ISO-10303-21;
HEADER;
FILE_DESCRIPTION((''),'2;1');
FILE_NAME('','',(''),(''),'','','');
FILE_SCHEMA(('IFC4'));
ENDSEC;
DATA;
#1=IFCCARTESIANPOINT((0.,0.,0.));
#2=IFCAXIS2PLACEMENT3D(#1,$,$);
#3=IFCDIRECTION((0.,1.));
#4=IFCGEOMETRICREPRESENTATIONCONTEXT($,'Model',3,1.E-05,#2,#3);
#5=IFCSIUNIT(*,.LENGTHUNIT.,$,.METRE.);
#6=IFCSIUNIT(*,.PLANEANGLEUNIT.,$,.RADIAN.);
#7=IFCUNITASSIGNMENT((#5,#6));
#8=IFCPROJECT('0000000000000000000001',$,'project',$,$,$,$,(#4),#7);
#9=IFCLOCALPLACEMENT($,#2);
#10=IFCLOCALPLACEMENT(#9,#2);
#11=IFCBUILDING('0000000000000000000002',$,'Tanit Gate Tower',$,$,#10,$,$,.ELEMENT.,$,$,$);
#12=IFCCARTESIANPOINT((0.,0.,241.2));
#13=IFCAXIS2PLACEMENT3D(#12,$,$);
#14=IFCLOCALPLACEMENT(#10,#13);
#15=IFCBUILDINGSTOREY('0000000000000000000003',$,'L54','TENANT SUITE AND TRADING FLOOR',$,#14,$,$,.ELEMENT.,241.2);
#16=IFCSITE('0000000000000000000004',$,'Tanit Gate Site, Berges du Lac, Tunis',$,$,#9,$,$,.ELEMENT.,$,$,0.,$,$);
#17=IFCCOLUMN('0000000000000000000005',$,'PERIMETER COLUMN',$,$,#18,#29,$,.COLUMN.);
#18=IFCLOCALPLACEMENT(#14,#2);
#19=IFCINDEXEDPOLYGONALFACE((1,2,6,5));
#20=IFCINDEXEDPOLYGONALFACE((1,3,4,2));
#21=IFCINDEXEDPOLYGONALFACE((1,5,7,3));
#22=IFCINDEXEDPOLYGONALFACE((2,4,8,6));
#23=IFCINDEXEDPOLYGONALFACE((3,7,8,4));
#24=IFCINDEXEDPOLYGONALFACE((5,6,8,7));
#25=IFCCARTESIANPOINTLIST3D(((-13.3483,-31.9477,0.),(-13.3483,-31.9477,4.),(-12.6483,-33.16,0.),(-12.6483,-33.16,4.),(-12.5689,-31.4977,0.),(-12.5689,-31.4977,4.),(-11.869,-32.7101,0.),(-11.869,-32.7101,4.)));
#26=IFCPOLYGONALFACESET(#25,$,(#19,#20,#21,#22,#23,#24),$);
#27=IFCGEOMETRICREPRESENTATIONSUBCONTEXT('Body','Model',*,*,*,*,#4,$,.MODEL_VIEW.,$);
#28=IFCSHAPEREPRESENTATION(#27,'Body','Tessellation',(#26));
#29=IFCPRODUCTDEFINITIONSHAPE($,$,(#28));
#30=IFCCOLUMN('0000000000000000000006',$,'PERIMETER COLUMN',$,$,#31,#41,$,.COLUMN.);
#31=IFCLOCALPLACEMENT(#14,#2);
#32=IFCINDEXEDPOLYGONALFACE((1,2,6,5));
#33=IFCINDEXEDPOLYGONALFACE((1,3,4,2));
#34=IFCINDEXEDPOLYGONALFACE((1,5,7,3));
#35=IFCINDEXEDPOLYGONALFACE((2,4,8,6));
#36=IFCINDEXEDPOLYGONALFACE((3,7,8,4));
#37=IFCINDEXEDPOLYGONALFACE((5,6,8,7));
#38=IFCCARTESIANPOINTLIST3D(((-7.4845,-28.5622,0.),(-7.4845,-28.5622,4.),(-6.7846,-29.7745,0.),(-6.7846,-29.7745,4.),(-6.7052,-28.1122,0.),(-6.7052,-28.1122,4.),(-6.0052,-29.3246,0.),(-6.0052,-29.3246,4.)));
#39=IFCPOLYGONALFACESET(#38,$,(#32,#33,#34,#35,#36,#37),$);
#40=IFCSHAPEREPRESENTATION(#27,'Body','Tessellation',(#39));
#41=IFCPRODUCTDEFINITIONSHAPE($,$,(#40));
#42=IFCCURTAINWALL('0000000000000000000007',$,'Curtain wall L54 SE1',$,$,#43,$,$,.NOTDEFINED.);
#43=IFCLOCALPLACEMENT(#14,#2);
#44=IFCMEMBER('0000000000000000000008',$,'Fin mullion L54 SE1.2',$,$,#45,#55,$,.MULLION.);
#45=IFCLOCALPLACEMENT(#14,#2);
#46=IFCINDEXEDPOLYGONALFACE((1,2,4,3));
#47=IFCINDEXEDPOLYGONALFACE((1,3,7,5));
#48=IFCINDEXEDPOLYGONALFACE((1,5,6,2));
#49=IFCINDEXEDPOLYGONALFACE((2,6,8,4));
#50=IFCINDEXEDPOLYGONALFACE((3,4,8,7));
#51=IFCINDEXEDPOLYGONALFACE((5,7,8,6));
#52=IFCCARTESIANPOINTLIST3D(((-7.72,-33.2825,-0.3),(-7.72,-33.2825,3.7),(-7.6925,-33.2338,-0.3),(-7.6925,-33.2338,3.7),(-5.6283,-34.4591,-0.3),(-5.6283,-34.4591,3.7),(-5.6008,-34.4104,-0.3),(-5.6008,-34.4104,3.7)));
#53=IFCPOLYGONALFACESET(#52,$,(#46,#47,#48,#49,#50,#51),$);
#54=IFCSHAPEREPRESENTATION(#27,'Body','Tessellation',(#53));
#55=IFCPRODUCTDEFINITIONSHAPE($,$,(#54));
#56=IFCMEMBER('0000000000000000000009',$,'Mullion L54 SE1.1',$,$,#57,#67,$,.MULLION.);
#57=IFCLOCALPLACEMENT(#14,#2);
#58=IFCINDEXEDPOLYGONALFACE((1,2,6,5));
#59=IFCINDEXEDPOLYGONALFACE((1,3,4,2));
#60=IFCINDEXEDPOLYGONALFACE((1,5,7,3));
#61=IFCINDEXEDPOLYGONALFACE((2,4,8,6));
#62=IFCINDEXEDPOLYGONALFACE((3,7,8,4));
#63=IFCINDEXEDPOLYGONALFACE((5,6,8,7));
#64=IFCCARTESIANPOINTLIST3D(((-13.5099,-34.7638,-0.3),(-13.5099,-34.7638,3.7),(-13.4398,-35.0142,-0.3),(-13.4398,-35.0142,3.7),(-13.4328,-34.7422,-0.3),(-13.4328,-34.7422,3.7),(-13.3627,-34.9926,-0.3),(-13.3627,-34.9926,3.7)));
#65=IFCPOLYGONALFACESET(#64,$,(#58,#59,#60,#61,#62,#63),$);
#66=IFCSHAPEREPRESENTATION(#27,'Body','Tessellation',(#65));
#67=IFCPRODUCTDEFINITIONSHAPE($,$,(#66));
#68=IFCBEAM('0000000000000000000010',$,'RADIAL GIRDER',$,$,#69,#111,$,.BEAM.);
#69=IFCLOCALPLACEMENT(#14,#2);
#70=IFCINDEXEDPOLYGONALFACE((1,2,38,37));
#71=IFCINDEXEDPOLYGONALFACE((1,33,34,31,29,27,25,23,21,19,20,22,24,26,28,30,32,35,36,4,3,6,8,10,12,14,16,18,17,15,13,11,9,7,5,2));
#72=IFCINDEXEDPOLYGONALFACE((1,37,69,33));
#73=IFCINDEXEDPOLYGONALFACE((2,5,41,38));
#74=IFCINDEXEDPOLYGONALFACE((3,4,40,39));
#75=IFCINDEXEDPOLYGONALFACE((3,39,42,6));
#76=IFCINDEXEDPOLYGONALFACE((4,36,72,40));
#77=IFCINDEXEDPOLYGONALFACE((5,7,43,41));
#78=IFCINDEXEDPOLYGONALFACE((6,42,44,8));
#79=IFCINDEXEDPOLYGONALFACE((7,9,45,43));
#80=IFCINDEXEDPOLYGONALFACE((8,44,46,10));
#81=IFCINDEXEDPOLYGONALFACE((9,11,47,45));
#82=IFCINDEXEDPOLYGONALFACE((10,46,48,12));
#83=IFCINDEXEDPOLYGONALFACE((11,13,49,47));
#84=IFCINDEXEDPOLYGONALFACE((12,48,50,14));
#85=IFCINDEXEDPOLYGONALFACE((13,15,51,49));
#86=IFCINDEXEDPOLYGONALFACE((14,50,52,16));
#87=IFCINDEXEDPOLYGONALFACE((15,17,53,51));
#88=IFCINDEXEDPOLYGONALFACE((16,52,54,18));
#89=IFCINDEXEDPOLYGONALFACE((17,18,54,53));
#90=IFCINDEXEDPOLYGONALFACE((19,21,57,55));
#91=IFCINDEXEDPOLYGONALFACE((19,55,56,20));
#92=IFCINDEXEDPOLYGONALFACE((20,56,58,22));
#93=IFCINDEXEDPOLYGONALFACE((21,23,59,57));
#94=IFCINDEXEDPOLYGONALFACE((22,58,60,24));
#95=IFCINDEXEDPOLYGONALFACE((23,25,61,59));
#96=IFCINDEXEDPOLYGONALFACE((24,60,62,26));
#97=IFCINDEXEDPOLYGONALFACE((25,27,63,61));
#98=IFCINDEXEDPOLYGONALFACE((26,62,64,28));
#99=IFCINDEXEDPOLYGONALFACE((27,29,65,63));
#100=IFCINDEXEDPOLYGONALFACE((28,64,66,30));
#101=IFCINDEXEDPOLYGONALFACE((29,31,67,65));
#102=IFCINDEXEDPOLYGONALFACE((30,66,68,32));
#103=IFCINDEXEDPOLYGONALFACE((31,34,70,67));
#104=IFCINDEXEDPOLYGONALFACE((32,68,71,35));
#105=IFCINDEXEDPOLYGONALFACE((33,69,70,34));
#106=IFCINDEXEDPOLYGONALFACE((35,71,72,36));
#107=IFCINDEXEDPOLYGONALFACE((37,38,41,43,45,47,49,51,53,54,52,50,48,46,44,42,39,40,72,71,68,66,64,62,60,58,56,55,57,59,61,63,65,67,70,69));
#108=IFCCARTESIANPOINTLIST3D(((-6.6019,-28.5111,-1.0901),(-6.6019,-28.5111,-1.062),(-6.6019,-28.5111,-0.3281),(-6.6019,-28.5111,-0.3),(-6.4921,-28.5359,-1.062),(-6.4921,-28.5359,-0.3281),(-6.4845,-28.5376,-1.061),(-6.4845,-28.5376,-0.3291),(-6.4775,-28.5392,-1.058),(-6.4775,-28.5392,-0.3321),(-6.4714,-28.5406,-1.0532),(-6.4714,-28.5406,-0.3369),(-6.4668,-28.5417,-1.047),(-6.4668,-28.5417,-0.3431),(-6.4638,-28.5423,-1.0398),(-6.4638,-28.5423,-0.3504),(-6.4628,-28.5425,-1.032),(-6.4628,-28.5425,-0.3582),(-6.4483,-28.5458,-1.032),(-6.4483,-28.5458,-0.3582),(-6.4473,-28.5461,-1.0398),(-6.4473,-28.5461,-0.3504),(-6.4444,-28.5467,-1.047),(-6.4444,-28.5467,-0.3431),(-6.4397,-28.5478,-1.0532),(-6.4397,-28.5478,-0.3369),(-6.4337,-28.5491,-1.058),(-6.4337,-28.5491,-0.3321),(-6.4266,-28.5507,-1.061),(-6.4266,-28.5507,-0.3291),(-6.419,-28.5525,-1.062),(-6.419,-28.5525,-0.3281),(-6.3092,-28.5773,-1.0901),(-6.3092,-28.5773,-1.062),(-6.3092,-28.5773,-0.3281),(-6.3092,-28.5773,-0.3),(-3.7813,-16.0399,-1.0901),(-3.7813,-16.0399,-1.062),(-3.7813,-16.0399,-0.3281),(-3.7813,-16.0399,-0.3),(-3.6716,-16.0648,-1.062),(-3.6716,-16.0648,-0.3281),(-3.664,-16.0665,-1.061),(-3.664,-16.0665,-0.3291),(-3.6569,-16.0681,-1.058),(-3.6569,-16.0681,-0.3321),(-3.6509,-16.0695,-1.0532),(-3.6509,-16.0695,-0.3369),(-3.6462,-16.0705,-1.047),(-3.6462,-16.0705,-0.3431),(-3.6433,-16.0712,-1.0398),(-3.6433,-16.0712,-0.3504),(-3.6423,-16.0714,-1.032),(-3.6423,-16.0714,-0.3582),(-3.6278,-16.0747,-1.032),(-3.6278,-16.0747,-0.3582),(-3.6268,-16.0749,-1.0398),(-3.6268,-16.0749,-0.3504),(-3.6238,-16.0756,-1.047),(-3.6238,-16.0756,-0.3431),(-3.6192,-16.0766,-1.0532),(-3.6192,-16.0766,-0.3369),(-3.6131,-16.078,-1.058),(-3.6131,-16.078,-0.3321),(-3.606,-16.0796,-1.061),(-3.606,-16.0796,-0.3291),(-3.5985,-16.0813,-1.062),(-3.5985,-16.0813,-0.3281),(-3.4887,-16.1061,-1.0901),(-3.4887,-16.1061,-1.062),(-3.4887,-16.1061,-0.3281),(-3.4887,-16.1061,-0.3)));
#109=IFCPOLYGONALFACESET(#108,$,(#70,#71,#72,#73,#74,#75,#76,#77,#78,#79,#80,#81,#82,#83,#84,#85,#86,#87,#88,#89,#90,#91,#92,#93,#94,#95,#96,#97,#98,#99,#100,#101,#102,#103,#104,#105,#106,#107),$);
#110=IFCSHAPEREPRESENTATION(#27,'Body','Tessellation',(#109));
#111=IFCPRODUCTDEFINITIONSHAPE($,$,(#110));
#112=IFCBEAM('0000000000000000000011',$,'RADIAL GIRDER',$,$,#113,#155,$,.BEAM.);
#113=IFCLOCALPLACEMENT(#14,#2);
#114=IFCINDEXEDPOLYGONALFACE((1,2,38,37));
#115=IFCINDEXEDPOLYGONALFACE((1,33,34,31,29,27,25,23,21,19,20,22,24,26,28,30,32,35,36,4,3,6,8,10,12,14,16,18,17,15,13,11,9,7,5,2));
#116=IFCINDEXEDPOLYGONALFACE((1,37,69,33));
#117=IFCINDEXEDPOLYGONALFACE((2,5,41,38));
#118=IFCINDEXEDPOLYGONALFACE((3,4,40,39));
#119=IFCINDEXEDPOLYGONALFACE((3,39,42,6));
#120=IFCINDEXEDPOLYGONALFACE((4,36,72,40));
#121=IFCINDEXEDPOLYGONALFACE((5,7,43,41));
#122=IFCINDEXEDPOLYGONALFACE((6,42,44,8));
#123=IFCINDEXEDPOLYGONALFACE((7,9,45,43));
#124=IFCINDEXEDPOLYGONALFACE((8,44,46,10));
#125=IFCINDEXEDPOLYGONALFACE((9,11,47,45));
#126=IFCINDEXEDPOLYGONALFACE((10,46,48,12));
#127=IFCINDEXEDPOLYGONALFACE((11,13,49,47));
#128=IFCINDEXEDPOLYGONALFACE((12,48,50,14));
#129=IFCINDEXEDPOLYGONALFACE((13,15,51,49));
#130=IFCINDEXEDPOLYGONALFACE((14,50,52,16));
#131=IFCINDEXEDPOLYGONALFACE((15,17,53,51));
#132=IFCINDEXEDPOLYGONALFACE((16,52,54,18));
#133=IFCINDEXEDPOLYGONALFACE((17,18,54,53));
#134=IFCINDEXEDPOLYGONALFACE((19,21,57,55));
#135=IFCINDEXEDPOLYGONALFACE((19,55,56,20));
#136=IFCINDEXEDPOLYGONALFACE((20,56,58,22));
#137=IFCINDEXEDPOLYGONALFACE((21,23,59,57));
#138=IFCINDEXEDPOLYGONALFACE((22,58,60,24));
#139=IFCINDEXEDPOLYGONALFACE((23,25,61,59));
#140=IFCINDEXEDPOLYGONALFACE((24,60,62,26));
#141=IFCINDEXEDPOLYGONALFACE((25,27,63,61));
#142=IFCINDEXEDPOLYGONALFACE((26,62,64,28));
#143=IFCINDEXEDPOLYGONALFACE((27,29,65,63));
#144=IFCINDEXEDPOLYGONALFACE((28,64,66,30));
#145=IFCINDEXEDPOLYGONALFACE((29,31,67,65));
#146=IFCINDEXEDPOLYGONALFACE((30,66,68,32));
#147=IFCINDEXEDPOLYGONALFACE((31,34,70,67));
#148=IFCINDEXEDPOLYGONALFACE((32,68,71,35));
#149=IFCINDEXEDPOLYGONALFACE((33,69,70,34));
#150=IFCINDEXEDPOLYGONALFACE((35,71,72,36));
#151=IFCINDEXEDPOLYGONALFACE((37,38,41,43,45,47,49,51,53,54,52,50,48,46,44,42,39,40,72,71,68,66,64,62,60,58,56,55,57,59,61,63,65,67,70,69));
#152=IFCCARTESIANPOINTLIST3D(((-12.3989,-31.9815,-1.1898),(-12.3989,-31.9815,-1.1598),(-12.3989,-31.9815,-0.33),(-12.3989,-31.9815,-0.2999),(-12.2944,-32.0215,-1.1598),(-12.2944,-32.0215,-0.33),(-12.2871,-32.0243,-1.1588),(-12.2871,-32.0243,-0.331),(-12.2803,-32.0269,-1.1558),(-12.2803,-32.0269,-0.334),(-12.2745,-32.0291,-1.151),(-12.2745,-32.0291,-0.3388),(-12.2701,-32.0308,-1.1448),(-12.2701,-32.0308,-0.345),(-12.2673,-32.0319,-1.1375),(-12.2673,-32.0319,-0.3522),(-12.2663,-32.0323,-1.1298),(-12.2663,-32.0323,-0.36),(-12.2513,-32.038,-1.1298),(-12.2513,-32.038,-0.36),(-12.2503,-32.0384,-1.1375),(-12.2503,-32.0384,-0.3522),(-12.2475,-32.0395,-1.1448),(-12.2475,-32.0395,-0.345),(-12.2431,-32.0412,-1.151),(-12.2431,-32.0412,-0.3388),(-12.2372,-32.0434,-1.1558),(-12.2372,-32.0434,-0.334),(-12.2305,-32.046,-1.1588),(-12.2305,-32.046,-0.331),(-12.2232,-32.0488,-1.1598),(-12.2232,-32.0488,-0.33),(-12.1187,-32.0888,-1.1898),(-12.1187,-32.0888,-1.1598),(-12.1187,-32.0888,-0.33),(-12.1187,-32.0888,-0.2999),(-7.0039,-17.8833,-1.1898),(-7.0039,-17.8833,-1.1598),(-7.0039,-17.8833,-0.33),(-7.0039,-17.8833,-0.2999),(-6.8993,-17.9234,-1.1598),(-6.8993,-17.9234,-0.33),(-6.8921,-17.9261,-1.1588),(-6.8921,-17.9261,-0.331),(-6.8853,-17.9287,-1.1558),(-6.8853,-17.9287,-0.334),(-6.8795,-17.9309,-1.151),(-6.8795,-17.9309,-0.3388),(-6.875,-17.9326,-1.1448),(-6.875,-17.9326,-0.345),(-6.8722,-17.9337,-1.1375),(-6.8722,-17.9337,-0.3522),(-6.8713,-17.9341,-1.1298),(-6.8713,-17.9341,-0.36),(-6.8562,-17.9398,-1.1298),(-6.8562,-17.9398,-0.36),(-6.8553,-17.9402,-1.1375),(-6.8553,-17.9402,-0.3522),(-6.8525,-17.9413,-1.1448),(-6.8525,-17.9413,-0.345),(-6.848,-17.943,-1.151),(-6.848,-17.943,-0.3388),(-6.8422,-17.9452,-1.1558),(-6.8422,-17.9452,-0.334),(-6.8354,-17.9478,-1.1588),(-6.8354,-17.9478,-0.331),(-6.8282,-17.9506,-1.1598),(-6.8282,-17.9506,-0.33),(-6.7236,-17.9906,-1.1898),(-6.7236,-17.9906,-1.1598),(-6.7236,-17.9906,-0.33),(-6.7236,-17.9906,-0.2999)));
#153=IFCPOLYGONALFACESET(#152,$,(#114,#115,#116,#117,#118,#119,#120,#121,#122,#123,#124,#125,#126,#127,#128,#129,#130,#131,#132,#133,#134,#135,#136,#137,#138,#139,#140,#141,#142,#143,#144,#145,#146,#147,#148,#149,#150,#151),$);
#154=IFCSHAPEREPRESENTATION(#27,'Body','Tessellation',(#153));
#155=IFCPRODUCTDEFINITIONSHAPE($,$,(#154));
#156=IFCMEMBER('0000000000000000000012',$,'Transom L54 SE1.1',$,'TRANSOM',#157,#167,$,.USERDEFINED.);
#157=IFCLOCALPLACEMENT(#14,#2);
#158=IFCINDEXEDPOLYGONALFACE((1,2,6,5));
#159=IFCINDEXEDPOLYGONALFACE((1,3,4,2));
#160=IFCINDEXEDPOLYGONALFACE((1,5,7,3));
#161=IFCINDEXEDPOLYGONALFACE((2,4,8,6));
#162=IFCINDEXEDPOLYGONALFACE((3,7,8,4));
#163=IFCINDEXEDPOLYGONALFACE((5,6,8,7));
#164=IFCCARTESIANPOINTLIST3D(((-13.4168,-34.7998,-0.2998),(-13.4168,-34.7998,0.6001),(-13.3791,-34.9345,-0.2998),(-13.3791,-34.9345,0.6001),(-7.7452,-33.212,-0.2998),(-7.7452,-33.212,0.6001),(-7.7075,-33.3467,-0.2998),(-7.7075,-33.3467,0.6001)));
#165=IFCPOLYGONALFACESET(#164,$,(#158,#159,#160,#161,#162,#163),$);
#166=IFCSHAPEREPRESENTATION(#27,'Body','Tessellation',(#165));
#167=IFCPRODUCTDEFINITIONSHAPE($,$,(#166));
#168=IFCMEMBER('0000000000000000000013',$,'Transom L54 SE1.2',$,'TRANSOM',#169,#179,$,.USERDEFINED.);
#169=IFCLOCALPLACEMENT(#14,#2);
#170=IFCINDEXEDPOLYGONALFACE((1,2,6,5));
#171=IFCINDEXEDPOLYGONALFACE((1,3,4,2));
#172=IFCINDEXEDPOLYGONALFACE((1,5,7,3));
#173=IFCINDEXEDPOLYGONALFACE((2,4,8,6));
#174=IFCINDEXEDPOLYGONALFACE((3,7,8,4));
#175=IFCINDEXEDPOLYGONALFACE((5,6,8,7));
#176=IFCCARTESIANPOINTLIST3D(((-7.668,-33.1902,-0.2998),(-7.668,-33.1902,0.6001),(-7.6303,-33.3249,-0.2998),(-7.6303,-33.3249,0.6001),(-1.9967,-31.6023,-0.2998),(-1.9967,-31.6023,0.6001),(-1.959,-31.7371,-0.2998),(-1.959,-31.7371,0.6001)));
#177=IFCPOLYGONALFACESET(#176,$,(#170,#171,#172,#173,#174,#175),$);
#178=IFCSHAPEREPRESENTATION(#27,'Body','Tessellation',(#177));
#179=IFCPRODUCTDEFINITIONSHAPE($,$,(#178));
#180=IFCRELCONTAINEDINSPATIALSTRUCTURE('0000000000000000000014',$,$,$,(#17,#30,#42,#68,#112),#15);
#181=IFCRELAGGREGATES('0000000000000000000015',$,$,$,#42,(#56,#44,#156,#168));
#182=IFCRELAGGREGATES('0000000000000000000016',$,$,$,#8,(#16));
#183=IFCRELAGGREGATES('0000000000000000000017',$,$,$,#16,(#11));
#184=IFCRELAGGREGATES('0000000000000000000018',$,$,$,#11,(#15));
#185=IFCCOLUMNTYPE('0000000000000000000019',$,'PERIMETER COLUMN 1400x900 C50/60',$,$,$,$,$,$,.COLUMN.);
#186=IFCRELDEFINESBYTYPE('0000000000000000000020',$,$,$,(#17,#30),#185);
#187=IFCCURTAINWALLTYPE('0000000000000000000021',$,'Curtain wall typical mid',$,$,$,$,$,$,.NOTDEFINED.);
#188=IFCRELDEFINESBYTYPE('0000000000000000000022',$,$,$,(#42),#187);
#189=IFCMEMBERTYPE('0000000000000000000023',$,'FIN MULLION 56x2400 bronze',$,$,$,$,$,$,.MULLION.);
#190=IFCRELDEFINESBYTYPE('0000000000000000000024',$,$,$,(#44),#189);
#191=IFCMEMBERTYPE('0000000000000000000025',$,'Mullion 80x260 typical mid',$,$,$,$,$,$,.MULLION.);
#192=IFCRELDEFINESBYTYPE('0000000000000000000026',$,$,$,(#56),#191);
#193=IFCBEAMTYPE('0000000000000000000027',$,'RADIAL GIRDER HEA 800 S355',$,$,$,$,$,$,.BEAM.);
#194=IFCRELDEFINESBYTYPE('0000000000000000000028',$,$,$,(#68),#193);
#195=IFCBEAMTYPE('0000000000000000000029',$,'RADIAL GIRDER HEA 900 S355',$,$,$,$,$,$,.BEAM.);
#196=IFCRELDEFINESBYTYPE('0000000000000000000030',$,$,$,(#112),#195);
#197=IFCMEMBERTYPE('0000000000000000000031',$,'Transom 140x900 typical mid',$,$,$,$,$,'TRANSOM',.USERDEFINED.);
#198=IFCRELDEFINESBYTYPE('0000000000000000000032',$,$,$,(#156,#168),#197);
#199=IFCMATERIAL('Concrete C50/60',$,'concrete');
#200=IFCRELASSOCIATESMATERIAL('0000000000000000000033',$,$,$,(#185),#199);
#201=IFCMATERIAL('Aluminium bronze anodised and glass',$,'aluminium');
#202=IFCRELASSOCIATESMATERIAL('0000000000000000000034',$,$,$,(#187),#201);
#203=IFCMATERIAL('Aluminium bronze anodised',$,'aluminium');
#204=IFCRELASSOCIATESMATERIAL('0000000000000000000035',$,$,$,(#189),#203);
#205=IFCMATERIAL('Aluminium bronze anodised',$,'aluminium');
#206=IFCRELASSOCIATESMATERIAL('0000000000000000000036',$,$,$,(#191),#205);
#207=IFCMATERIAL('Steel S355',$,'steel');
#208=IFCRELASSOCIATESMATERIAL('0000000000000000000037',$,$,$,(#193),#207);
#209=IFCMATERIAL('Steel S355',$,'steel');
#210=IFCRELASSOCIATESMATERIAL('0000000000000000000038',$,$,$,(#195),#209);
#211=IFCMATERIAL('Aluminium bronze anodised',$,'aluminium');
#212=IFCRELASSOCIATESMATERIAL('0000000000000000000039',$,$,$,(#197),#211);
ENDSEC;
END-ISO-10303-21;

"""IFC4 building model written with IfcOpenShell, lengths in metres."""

from ifc_helpers import new_model, si_unit, direction, frame, origin, origin_2d, place, context, subcontext, project, spatial, rectangle, i_section, extrude, material, material_profile, profile_set, type_object, element, aggregate, save


model = new_model("IFC4")

# Units and contexts
model_context = context("Model", 3, precision=1e-05, world=origin(), true_north=direction((0.0, 1.0)))
body_context = subcontext(model_context, "Body", "Model", "MODEL_VIEW")
ifc_project = project(units=[si_unit("LENGTHUNIT", "METRE"), si_unit("PLANEANGLEUNIT", "RADIAN")], contexts=[model_context])

# Site, building, storey
site_placement = place(None, origin())
site = spatial("IfcSite", under=ifc_project, at=site_placement, Name="Tanit Gate Site, Berges du Lac, Tunis", CompositionType="ELEMENT", RefElevation=0.0)
building_placement = place(site_placement, origin())
building = spatial("IfcBuilding", under=site, at=building_placement, Name="Tanit Gate Tower", CompositionType="ELEMENT")
storey_placement = place(building_placement, frame((0.0, 0.0, 241.2)))
storey = spatial("IfcBuildingStorey", under=building, at=storey_placement, Name="L54", Description="TENANT SUITE AND TRADING FLOOR", CompositionType="ELEMENT", Elevation=241.2)

# Columns
ifc_material_1 = material(Name="Concrete C50/60", Category="concrete")
ifc_material_profile_1 = material_profile(ifc_material_1, rectangle(XDim=1.3999, YDim=0.8999, at=origin_2d()), Name="RC 1400x900")
ifc_profile_set_1 = profile_set([ifc_material_profile_1], Name="Concrete C50/60")
column_type = type_object("IfcColumnType", Name="PERIMETER COLUMN 1400x900 C50/60", PredefinedType="COLUMN", material=ifc_profile_set_1)
for number, where, z_axis, x_axis, name in (
    (1, (-12.6086, -32.3289, 0.0), (0.0, 0.0, 1.0), (0.5, -0.866025, 0.0), "PERIMETER COLUMN"),
    (2, (-6.7449, -28.9434, 0.0), (0.0, 0.0, 1.0), (0.5, -0.866025, 0.0), "PERIMETER COLUMN"),
):
    element("IfcColumn", number, at=place(storey_placement, frame(where, z_axis=z_axis, x_axis=x_axis)), inside=storey, type_object=column_type, Name=name, PredefinedType="COLUMN", context=body_context, shape_type="SweptSolid", body=[
        extrude(rectangle(XDim=1.3999, YDim=0.8999, at=origin_2d()), origin(), (0.0, 0.0, 1.0), 4.0),
    ])

# Curtain wall, members
ifc_material_2 = material(Name="Aluminium bronze anodised and glass", Category="aluminium")
curtain_wall_type = type_object("IfcCurtainWallType", Name="Curtain wall typical mid", PredefinedType="NOTDEFINED", material=ifc_material_2)
curtain_wall_placement = place(storey_placement, origin())
curtain_wall = element("IfcCurtainWall", 3, at=curtain_wall_placement, inside=storey, type_object=curtain_wall_type, Name="Curtain wall L54 SE1", PredefinedType="NOTDEFINED")
ifc_material_3 = material(Name="Aluminium bronze anodised", Category="aluminium")
ifc_material_profile_2 = material_profile(ifc_material_3, rectangle(XDim=2.3999, YDim=0.0559, at=origin_2d()), Name="56x2400 bronze fin mullion")
ifc_profile_set_2 = profile_set([ifc_material_profile_2], Name="Aluminium bronze anodised")
member_type_1 = type_object("IfcMemberType", Name="FIN MULLION 56x2400 bronze", PredefinedType="MULLION", material=ifc_profile_set_2)
member_1_placement = place(storey_placement, frame((-6.6604, -33.8464, -0.3), z_axis=(0.0, 0.0, 1.0), x_axis=(-0.871576, 0.49026, 0.0)))
member_1 = element("IfcMember", 4, at=member_1_placement, type_object=member_type_1, Name="Fin mullion L54 SE1.2", PredefinedType="MULLION", context=body_context, shape_type="SweptSolid", body=[
    extrude(rectangle(XDim=2.3999, YDim=0.0559, at=origin_2d()), origin(), (0.0, 0.0, 1.0), 4.0),
])
ifc_material_4 = material(Name="Aluminium bronze anodised", Category="aluminium")
ifc_material_profile_3 = material_profile(ifc_material_4, rectangle(XDim=0.26, YDim=0.0801, at=origin_2d()), Name="80x260 bronze mullion")
ifc_profile_set_3 = profile_set([ifc_material_profile_3], Name="Aluminium bronze anodised")
member_type_2 = type_object("IfcMemberType", Name="Mullion 80x260 typical mid", PredefinedType="MULLION", material=ifc_profile_set_3)
member_2_placement = place(storey_placement, frame((-13.4363, -34.8782, -0.3), z_axis=(0.0, 0.0, 1.0), x_axis=(-0.269632, 0.962964, 0.0)))
member_2 = element("IfcMember", 5, at=member_2_placement, type_object=member_type_2, Name="Mullion L54 SE1.1", PredefinedType="MULLION", context=body_context, shape_type="SweptSolid", body=[
    extrude(rectangle(XDim=0.26, YDim=0.0801, at=origin_2d()), origin(), (0.0, 0.0, 1.0), 4.0),
])

# Beams
ifc_material_5 = material(Name="Steel S355", Category="steel")
ifc_material_profile_4 = material_profile(ifc_material_5, i_section(OverallWidth=0.3, OverallDepth=0.79, WebThickness=0.0149, FlangeThickness=0.0281, FilletRadius=0.03, at=origin_2d()), Name="HEA 800")
ifc_profile_set_4 = profile_set([ifc_material_profile_4], Name="Steel S355")
beam_type_1 = type_object("IfcBeamType", Name="RADIAL GIRDER HEA 800 S355", PredefinedType="BEAM", material=ifc_profile_set_4)
beam_1_placement = place(storey_placement, frame((-6.4556, -28.5442, -0.6951), z_axis=(0.220594, 0.975366, 0.0), x_axis=(-0.975366, 0.220594, 0.0)))
element("IfcBeam", 6, at=beam_1_placement, inside=storey, type_object=beam_type_1, Name="RADIAL GIRDER", PredefinedType="BEAM", context=body_context, shape_type="SweptSolid", body=[
    extrude(i_section(OverallWidth=0.3, OverallDepth=0.79, WebThickness=0.0149, FlangeThickness=0.0281, FilletRadius=0.03, at=origin_2d()), origin(), (0.0, 0.0, 1.0), 12.7861),
])
ifc_material_6 = material(Name="Steel S355", Category="steel")
ifc_material_profile_5 = material_profile(ifc_material_6, i_section(OverallWidth=0.3, OverallDepth=0.8899, WebThickness=0.0161, FlangeThickness=0.03, FilletRadius=0.03, at=origin_2d()), Name="HEA 900")
ifc_profile_set_5 = profile_set([ifc_material_profile_5], Name="Steel S355")
beam_type_2 = type_object("IfcBeamType", Name="RADIAL GIRDER HEA 900 S355", PredefinedType="BEAM", material=ifc_profile_set_5)
beam_2_placement = place(storey_placement, frame((-12.2588, -32.0352, -0.7449), z_axis=(0.357401, 0.933951, 0.0), x_axis=(-0.933951, 0.357401, 0.0)))
element("IfcBeam", 7, at=beam_2_placement, inside=storey, type_object=beam_type_2, Name="RADIAL GIRDER", PredefinedType="BEAM", context=body_context, shape_type="SweptSolid", body=[
    extrude(i_section(OverallWidth=0.3, OverallDepth=0.8899, WebThickness=0.0161, FlangeThickness=0.03, FilletRadius=0.03, at=origin_2d()), origin(), (0.0, 0.0, 1.0), 15.0952),
])

# Members
ifc_material_7 = material(Name="Aluminium bronze anodised", Category="aluminium")
ifc_material_profile_6 = material_profile(ifc_material_7, rectangle(XDim=0.1399, YDim=0.8999, at=origin_2d()), Name="140x900 bronze transom")
ifc_profile_set_6 = profile_set([ifc_material_profile_6], Name="Aluminium bronze anodised")
member_type_3 = type_object("IfcMemberType", Name="Transom 140x900 typical mid", ElementType="TRANSOM", PredefinedType="USERDEFINED", material=ifc_profile_set_6)
member_3_placement = place(storey_placement, frame((-13.3979, -34.8672, 0.1501), z_axis=(0.962971, 0.269604, 0.0), x_axis=(-0.269604, 0.962971, 0.0)))
member_3 = element("IfcMember", 8, at=member_3_placement, type_object=member_type_3, Name="Transom L54 SE1.1", ObjectType="TRANSOM", PredefinedType="USERDEFINED", context=body_context, shape_type="SweptSolid", body=[
    extrude(rectangle(XDim=0.1399, YDim=0.8999, at=origin_2d()), origin(), (0.0, 0.0, 1.0), 5.8896),
])
member_4_placement = place(storey_placement, frame((-7.6492, -33.2576, 0.1501), z_axis=(0.962968, 0.269615, 0.0), x_axis=(-0.269615, 0.962968, 0.0)))
member_4 = element("IfcMember", 9, at=member_4_placement, type_object=member_type_3, Name="Transom L54 SE1.2", ObjectType="TRANSOM", PredefinedType="USERDEFINED", context=body_context, shape_type="SweptSolid", body=[
    extrude(rectangle(XDim=0.1399, YDim=0.8999, at=origin_2d()), origin(), (0.0, 0.0, 1.0), 5.8894),
])

aggregate(curtain_wall, [member_2, member_1, member_3, member_4])

save(model, "model.ifc")
